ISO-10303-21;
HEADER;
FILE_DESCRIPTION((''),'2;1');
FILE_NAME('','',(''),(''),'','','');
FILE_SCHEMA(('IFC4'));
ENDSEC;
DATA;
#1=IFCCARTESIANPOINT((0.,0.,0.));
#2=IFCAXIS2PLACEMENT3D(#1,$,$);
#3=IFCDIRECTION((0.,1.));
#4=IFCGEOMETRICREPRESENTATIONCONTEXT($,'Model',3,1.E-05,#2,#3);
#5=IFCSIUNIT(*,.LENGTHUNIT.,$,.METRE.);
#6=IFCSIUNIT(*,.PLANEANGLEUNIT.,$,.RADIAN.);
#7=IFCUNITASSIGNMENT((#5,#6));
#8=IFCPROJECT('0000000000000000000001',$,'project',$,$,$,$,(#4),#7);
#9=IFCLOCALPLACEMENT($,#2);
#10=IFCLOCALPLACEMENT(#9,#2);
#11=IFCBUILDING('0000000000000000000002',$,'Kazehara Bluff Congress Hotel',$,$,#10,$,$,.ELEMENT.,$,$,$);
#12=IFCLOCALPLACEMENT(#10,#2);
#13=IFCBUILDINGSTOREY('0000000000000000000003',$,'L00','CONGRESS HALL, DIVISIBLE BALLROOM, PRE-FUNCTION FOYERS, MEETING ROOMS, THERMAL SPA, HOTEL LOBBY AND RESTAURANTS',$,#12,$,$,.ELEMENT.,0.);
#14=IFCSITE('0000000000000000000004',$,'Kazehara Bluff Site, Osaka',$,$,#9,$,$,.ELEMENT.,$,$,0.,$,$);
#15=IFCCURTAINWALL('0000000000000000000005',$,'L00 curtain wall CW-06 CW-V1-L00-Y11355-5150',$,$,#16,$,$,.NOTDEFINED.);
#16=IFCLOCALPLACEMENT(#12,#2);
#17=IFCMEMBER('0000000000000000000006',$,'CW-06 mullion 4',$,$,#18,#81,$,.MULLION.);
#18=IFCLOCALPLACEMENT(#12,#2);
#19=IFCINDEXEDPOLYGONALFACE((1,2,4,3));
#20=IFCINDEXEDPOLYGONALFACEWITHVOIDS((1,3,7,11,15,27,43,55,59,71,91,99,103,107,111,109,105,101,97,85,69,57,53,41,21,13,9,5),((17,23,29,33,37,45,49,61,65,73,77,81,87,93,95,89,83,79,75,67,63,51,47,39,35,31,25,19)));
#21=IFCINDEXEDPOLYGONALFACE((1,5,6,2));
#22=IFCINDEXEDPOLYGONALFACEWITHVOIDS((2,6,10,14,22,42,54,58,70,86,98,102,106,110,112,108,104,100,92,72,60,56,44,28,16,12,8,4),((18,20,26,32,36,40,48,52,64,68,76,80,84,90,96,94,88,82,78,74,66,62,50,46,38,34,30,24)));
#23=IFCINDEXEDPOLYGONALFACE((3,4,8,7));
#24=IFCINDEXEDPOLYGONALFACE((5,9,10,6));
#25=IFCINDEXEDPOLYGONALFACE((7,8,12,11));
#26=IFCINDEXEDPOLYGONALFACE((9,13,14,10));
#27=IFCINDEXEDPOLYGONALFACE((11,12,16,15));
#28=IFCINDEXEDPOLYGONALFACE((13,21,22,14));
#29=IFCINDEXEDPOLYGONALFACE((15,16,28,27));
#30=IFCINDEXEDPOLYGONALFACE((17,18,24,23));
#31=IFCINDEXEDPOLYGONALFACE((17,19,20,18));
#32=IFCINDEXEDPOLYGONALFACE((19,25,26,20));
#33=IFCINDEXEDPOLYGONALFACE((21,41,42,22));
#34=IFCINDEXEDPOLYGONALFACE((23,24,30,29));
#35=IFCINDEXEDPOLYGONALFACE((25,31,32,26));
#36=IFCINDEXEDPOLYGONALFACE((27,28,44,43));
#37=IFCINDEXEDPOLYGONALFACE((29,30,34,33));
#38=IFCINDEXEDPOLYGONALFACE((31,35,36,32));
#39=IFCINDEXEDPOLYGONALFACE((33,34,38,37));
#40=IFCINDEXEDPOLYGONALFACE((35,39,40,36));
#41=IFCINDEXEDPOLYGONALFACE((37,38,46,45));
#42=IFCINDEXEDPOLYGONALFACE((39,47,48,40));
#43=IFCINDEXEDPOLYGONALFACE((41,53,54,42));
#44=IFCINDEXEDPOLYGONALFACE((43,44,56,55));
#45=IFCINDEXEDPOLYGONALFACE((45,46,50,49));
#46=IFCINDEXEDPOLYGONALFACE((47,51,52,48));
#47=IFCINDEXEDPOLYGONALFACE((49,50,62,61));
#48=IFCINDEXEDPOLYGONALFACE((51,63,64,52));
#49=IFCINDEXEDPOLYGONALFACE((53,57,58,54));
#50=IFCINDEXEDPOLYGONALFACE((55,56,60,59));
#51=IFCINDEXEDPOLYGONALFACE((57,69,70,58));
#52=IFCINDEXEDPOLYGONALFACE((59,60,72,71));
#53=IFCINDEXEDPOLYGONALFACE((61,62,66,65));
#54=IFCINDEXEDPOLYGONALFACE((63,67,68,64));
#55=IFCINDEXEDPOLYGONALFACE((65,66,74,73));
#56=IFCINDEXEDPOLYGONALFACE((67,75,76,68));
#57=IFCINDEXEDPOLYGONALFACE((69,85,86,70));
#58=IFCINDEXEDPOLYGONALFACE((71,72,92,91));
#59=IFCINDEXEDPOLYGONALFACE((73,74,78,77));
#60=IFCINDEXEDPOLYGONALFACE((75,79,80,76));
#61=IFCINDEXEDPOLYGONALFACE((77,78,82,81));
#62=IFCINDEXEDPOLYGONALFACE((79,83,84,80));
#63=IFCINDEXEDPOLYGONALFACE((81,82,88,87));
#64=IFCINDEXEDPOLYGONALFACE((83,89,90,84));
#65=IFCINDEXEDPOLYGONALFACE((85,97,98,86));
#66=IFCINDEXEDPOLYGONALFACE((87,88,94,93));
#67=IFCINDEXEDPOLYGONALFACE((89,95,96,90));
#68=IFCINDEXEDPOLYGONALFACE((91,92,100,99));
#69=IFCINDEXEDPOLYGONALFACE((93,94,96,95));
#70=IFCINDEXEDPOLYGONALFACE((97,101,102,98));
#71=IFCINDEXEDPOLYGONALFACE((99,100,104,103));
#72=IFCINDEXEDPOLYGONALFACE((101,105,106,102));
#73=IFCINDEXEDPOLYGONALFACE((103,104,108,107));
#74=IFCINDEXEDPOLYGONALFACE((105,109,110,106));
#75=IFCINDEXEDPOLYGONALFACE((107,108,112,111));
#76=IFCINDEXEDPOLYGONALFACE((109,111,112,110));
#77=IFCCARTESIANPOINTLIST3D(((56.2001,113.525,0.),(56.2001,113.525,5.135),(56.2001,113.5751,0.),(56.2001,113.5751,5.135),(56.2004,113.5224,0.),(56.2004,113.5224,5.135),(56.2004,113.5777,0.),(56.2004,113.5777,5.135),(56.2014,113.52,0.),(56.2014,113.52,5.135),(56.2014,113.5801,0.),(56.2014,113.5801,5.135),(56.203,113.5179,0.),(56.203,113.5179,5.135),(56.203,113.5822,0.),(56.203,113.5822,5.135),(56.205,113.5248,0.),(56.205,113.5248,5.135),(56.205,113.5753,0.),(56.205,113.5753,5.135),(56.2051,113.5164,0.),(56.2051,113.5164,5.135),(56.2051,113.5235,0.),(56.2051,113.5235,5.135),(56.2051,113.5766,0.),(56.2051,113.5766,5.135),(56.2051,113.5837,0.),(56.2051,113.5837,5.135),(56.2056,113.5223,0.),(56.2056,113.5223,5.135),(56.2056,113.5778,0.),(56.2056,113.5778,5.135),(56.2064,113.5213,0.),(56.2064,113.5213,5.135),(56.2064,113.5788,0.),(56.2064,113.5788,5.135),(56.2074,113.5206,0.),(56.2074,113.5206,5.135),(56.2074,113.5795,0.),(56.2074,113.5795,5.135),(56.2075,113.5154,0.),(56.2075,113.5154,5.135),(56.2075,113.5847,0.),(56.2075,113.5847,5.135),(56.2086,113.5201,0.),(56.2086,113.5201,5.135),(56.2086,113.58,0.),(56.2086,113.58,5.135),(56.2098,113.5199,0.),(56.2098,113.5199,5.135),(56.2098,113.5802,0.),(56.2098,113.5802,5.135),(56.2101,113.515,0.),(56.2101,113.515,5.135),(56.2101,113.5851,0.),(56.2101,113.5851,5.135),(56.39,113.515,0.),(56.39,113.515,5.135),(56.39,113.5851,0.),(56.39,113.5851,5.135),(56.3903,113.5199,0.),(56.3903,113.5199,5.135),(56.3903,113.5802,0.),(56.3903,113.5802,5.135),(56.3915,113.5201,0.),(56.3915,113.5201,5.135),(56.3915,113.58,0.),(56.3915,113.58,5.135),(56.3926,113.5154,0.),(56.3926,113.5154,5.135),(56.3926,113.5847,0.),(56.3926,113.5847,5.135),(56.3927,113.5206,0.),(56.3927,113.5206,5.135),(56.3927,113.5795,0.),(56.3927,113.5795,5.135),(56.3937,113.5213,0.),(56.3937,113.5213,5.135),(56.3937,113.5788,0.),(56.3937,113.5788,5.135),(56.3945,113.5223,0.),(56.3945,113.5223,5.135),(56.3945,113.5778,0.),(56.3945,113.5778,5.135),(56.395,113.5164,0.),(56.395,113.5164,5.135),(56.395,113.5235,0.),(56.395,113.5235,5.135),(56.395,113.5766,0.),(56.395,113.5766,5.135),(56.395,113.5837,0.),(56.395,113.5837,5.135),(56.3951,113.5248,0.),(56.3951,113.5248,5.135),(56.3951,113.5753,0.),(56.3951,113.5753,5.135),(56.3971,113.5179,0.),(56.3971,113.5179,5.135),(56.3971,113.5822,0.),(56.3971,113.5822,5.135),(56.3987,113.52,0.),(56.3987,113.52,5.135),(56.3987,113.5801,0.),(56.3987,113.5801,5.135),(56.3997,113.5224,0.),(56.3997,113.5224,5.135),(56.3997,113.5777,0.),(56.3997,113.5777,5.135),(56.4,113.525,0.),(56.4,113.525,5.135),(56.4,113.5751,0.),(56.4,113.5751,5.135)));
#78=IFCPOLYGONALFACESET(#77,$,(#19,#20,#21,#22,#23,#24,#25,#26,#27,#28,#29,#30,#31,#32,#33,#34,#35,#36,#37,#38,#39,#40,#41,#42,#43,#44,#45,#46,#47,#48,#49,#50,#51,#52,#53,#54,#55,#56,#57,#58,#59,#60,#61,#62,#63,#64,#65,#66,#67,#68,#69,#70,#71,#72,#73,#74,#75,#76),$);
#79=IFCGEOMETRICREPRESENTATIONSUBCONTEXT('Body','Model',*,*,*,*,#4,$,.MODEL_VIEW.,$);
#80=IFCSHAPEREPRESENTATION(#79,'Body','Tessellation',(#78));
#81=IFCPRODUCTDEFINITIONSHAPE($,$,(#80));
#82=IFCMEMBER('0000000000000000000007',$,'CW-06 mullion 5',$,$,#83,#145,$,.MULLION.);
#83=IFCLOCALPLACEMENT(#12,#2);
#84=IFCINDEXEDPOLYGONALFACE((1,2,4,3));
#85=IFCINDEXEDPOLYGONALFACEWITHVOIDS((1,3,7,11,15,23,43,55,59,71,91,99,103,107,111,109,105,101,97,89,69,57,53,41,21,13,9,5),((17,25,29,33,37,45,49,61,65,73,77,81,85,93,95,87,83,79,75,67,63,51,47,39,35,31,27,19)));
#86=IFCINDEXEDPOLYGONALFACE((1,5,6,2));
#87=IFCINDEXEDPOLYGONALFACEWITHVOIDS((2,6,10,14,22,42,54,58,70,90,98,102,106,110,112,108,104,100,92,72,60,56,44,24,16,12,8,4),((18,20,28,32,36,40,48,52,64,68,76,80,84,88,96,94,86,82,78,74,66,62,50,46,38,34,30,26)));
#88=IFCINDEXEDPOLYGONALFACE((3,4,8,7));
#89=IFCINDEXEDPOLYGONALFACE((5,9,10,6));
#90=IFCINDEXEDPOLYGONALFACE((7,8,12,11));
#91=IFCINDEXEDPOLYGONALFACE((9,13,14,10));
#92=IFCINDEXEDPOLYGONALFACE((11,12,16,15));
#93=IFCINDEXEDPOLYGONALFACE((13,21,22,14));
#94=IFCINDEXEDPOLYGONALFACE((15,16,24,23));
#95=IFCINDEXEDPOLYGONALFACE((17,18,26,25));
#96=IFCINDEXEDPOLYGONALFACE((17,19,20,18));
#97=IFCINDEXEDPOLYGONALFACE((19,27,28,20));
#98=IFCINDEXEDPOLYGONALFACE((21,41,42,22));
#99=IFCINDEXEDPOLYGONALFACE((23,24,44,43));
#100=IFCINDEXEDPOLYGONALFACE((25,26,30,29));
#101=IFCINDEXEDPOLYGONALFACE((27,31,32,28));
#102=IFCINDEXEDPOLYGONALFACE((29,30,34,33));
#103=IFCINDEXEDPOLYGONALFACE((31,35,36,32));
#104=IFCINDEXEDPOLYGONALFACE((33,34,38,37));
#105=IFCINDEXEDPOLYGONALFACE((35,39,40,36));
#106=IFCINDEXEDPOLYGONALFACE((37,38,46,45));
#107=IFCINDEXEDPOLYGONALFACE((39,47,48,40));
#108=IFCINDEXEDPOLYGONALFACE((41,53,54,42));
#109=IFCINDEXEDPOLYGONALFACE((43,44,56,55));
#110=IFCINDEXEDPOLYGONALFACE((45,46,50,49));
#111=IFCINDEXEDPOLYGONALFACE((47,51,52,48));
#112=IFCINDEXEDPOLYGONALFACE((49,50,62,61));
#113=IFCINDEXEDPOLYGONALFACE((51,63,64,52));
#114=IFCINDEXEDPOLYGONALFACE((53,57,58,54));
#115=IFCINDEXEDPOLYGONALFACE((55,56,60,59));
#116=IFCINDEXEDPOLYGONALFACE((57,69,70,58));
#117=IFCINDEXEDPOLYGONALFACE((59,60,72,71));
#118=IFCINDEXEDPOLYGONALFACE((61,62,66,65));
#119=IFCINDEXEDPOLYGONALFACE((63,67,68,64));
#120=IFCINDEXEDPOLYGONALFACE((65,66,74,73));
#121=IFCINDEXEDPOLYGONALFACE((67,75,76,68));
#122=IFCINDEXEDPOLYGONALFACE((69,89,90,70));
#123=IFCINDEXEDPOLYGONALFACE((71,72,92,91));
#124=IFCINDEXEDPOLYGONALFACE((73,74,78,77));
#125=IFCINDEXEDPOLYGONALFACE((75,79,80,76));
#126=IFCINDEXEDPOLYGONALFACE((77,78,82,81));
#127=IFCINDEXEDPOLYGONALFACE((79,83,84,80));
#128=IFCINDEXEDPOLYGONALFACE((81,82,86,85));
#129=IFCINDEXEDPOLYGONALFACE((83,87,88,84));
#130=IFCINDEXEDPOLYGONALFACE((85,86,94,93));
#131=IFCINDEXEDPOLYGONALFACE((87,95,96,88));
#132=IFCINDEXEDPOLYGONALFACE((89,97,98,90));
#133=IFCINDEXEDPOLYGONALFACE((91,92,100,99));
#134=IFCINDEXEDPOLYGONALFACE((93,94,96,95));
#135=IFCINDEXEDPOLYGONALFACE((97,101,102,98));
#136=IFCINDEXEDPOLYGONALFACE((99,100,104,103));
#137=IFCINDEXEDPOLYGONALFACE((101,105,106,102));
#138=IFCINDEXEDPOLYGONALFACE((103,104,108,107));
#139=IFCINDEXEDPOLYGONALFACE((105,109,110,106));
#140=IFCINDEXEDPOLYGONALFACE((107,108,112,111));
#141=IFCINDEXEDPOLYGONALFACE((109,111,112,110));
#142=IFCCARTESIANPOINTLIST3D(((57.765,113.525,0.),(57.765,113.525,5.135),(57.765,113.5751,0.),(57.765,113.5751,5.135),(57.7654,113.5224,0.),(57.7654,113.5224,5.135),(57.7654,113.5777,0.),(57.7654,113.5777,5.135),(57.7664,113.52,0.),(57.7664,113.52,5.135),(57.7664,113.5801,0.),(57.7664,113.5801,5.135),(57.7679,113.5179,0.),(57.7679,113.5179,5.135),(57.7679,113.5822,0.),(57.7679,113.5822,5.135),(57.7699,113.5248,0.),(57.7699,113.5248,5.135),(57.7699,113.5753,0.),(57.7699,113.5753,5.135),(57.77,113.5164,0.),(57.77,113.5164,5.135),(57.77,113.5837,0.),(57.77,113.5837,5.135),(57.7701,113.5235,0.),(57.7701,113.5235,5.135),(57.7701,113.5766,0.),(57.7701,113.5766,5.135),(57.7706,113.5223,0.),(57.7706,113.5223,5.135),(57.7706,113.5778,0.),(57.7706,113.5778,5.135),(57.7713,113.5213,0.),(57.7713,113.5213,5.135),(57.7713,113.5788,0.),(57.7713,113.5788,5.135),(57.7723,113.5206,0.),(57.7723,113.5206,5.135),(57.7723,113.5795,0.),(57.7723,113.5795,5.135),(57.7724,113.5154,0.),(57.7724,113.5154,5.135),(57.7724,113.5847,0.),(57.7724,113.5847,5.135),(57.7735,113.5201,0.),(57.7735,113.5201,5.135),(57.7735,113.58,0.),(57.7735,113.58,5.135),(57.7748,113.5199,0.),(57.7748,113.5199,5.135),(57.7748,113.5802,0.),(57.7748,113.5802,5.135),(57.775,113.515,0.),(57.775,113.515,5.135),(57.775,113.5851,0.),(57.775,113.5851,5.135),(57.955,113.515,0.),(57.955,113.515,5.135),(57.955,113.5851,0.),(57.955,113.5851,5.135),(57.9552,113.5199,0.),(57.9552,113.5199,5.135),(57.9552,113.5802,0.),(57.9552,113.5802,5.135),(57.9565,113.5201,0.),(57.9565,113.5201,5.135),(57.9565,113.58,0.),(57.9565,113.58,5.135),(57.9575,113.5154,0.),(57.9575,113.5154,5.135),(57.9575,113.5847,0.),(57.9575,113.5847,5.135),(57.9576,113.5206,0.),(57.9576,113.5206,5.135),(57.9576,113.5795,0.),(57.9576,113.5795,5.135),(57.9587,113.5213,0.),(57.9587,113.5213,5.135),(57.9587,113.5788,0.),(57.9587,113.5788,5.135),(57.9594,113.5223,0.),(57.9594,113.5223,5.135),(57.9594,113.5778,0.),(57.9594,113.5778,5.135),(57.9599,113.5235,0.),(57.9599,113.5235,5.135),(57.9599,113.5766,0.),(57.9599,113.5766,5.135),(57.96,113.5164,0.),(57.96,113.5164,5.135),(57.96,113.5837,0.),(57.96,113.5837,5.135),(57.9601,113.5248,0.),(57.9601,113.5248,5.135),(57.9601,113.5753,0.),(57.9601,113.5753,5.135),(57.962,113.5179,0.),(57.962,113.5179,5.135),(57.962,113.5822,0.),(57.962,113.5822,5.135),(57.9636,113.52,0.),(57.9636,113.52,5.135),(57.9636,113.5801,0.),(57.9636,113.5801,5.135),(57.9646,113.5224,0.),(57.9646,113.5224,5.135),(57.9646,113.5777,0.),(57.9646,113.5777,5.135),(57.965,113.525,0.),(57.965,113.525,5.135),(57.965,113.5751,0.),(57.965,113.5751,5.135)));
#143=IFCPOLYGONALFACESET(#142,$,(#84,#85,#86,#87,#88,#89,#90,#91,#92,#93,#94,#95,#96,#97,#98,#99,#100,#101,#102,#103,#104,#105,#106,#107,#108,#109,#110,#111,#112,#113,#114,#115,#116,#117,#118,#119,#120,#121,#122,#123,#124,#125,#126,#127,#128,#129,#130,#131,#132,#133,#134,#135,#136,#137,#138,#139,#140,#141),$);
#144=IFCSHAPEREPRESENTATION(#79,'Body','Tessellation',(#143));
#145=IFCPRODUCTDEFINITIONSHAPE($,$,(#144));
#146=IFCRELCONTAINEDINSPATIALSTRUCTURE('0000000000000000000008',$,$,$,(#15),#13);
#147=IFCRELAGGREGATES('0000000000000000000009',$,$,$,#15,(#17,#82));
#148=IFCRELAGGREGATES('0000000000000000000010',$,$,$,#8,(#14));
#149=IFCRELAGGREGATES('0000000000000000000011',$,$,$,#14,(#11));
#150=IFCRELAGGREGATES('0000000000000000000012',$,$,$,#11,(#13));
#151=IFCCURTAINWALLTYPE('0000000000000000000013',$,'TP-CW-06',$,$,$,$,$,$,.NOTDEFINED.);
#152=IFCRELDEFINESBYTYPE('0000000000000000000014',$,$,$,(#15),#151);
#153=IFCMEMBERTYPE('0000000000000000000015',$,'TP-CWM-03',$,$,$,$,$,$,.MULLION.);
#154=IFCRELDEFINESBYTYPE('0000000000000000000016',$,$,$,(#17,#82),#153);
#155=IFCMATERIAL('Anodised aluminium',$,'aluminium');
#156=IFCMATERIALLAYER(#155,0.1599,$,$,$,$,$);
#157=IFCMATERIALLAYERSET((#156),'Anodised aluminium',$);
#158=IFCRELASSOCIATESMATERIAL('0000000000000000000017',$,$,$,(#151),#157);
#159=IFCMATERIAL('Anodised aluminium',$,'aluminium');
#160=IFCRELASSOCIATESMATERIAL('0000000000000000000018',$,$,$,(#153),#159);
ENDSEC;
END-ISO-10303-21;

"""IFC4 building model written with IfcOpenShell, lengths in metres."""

from ifc_helpers import new_model, si_unit, direction, frame, origin, origin_2d, place, context, subcontext, project, spatial, hollow_rectangle, extrude, material, layer, layer_set, material_profile, profile_set, type_object, element, aggregate, save


model = new_model("IFC4")

# Units and contexts
model_context = context("Model", 3, precision=1e-05, world=origin(), true_north=direction((0.0, 1.0)))
body_context = subcontext(model_context, "Body", "Model", "MODEL_VIEW")
ifc_project = project(units=[si_unit("LENGTHUNIT", "METRE"), si_unit("PLANEANGLEUNIT", "RADIAN")], contexts=[model_context])

# Site, building, storey
site_placement = place(None, origin())
site = spatial("IfcSite", under=ifc_project, at=site_placement, Name="Kazehara Bluff Site, Osaka", CompositionType="ELEMENT", RefElevation=0.0)
building_placement = place(site_placement, origin())
building = spatial("IfcBuilding", under=site, at=building_placement, Name="Kazehara Bluff Congress Hotel", CompositionType="ELEMENT")
storey_placement = place(building_placement, origin())
storey = spatial("IfcBuildingStorey", under=building, at=storey_placement, Name="L00", Description="CONGRESS HALL, DIVISIBLE BALLROOM, PRE-FUNCTION FOYERS, MEETING ROOMS, THERMAL SPA, HOTEL LOBBY AND RESTAURANTS", CompositionType="ELEMENT", Elevation=0.0)

# Curtain wall, members
ifc_material_1 = material(Name="Anodised aluminium", Category="aluminium")
ifc_layer_1 = layer(ifc_material_1, 0.1599)
ifc_layer_set_1 = layer_set([ifc_layer_1], Name="Anodised aluminium")
curtain_wall_type = type_object("IfcCurtainWallType", Name="TP-CW-06", PredefinedType="NOTDEFINED", material=ifc_layer_set_1)
curtain_wall_placement = place(storey_placement, origin())
curtain_wall = element("IfcCurtainWall", 1, at=curtain_wall_placement, inside=storey, type_object=curtain_wall_type, Name="L00 curtain wall CW-06 CW-V1-L00-Y11355-5150", PredefinedType="NOTDEFINED")
ifc_material_2 = material(Name="Anodised aluminium", Category="aluminium")
ifc_material_profile_1 = material_profile(ifc_material_2, hollow_rectangle(XDim=0.0701, YDim=0.2, WallThickness=0.0049, InnerFilletRadius=0.0049, OuterFilletRadius=0.01, at=origin_2d()))
ifc_profile_set_1 = profile_set([ifc_material_profile_1], Name="Anodised aluminium")
member_type_1 = type_object("IfcMemberType", Name="TP-CWM-03", PredefinedType="MULLION", material=ifc_profile_set_1)
member_1_placement = place(storey_placement, frame((56.3, 113.55, 0.0), z_axis=(0.0, 0.0, 1.0), x_axis=(0.0, 1.0, 0.0)))
member_1 = element("IfcMember", 2, at=member_1_placement, type_object=member_type_1, Name="CW-06 mullion 4", PredefinedType="MULLION", context=body_context, shape_type="SweptSolid", body=[
    extrude(hollow_rectangle(XDim=0.0701, YDim=0.2, WallThickness=0.0049, InnerFilletRadius=0.0049, OuterFilletRadius=0.01, at=origin_2d()), origin(), (0.0, 0.0, 1.0), 5.135),
])
member_2_placement = place(storey_placement, frame((57.865, 113.55, 0.0), z_axis=(0.0, 0.0, 1.0), x_axis=(0.0, 1.0, 0.0)))
member_2 = element("IfcMember", 3, at=member_2_placement, type_object=member_type_1, Name="CW-06 mullion 5", PredefinedType="MULLION", context=body_context, shape_type="SweptSolid", body=[
    extrude(hollow_rectangle(XDim=0.0701, YDim=0.2, WallThickness=0.0049, InnerFilletRadius=0.0049, OuterFilletRadius=0.01, at=origin_2d()), origin(), (0.0, 0.0, 1.0), 5.135),
])
aggregate(curtain_wall, [member_1, member_2])

save(model, "model.ifc")
